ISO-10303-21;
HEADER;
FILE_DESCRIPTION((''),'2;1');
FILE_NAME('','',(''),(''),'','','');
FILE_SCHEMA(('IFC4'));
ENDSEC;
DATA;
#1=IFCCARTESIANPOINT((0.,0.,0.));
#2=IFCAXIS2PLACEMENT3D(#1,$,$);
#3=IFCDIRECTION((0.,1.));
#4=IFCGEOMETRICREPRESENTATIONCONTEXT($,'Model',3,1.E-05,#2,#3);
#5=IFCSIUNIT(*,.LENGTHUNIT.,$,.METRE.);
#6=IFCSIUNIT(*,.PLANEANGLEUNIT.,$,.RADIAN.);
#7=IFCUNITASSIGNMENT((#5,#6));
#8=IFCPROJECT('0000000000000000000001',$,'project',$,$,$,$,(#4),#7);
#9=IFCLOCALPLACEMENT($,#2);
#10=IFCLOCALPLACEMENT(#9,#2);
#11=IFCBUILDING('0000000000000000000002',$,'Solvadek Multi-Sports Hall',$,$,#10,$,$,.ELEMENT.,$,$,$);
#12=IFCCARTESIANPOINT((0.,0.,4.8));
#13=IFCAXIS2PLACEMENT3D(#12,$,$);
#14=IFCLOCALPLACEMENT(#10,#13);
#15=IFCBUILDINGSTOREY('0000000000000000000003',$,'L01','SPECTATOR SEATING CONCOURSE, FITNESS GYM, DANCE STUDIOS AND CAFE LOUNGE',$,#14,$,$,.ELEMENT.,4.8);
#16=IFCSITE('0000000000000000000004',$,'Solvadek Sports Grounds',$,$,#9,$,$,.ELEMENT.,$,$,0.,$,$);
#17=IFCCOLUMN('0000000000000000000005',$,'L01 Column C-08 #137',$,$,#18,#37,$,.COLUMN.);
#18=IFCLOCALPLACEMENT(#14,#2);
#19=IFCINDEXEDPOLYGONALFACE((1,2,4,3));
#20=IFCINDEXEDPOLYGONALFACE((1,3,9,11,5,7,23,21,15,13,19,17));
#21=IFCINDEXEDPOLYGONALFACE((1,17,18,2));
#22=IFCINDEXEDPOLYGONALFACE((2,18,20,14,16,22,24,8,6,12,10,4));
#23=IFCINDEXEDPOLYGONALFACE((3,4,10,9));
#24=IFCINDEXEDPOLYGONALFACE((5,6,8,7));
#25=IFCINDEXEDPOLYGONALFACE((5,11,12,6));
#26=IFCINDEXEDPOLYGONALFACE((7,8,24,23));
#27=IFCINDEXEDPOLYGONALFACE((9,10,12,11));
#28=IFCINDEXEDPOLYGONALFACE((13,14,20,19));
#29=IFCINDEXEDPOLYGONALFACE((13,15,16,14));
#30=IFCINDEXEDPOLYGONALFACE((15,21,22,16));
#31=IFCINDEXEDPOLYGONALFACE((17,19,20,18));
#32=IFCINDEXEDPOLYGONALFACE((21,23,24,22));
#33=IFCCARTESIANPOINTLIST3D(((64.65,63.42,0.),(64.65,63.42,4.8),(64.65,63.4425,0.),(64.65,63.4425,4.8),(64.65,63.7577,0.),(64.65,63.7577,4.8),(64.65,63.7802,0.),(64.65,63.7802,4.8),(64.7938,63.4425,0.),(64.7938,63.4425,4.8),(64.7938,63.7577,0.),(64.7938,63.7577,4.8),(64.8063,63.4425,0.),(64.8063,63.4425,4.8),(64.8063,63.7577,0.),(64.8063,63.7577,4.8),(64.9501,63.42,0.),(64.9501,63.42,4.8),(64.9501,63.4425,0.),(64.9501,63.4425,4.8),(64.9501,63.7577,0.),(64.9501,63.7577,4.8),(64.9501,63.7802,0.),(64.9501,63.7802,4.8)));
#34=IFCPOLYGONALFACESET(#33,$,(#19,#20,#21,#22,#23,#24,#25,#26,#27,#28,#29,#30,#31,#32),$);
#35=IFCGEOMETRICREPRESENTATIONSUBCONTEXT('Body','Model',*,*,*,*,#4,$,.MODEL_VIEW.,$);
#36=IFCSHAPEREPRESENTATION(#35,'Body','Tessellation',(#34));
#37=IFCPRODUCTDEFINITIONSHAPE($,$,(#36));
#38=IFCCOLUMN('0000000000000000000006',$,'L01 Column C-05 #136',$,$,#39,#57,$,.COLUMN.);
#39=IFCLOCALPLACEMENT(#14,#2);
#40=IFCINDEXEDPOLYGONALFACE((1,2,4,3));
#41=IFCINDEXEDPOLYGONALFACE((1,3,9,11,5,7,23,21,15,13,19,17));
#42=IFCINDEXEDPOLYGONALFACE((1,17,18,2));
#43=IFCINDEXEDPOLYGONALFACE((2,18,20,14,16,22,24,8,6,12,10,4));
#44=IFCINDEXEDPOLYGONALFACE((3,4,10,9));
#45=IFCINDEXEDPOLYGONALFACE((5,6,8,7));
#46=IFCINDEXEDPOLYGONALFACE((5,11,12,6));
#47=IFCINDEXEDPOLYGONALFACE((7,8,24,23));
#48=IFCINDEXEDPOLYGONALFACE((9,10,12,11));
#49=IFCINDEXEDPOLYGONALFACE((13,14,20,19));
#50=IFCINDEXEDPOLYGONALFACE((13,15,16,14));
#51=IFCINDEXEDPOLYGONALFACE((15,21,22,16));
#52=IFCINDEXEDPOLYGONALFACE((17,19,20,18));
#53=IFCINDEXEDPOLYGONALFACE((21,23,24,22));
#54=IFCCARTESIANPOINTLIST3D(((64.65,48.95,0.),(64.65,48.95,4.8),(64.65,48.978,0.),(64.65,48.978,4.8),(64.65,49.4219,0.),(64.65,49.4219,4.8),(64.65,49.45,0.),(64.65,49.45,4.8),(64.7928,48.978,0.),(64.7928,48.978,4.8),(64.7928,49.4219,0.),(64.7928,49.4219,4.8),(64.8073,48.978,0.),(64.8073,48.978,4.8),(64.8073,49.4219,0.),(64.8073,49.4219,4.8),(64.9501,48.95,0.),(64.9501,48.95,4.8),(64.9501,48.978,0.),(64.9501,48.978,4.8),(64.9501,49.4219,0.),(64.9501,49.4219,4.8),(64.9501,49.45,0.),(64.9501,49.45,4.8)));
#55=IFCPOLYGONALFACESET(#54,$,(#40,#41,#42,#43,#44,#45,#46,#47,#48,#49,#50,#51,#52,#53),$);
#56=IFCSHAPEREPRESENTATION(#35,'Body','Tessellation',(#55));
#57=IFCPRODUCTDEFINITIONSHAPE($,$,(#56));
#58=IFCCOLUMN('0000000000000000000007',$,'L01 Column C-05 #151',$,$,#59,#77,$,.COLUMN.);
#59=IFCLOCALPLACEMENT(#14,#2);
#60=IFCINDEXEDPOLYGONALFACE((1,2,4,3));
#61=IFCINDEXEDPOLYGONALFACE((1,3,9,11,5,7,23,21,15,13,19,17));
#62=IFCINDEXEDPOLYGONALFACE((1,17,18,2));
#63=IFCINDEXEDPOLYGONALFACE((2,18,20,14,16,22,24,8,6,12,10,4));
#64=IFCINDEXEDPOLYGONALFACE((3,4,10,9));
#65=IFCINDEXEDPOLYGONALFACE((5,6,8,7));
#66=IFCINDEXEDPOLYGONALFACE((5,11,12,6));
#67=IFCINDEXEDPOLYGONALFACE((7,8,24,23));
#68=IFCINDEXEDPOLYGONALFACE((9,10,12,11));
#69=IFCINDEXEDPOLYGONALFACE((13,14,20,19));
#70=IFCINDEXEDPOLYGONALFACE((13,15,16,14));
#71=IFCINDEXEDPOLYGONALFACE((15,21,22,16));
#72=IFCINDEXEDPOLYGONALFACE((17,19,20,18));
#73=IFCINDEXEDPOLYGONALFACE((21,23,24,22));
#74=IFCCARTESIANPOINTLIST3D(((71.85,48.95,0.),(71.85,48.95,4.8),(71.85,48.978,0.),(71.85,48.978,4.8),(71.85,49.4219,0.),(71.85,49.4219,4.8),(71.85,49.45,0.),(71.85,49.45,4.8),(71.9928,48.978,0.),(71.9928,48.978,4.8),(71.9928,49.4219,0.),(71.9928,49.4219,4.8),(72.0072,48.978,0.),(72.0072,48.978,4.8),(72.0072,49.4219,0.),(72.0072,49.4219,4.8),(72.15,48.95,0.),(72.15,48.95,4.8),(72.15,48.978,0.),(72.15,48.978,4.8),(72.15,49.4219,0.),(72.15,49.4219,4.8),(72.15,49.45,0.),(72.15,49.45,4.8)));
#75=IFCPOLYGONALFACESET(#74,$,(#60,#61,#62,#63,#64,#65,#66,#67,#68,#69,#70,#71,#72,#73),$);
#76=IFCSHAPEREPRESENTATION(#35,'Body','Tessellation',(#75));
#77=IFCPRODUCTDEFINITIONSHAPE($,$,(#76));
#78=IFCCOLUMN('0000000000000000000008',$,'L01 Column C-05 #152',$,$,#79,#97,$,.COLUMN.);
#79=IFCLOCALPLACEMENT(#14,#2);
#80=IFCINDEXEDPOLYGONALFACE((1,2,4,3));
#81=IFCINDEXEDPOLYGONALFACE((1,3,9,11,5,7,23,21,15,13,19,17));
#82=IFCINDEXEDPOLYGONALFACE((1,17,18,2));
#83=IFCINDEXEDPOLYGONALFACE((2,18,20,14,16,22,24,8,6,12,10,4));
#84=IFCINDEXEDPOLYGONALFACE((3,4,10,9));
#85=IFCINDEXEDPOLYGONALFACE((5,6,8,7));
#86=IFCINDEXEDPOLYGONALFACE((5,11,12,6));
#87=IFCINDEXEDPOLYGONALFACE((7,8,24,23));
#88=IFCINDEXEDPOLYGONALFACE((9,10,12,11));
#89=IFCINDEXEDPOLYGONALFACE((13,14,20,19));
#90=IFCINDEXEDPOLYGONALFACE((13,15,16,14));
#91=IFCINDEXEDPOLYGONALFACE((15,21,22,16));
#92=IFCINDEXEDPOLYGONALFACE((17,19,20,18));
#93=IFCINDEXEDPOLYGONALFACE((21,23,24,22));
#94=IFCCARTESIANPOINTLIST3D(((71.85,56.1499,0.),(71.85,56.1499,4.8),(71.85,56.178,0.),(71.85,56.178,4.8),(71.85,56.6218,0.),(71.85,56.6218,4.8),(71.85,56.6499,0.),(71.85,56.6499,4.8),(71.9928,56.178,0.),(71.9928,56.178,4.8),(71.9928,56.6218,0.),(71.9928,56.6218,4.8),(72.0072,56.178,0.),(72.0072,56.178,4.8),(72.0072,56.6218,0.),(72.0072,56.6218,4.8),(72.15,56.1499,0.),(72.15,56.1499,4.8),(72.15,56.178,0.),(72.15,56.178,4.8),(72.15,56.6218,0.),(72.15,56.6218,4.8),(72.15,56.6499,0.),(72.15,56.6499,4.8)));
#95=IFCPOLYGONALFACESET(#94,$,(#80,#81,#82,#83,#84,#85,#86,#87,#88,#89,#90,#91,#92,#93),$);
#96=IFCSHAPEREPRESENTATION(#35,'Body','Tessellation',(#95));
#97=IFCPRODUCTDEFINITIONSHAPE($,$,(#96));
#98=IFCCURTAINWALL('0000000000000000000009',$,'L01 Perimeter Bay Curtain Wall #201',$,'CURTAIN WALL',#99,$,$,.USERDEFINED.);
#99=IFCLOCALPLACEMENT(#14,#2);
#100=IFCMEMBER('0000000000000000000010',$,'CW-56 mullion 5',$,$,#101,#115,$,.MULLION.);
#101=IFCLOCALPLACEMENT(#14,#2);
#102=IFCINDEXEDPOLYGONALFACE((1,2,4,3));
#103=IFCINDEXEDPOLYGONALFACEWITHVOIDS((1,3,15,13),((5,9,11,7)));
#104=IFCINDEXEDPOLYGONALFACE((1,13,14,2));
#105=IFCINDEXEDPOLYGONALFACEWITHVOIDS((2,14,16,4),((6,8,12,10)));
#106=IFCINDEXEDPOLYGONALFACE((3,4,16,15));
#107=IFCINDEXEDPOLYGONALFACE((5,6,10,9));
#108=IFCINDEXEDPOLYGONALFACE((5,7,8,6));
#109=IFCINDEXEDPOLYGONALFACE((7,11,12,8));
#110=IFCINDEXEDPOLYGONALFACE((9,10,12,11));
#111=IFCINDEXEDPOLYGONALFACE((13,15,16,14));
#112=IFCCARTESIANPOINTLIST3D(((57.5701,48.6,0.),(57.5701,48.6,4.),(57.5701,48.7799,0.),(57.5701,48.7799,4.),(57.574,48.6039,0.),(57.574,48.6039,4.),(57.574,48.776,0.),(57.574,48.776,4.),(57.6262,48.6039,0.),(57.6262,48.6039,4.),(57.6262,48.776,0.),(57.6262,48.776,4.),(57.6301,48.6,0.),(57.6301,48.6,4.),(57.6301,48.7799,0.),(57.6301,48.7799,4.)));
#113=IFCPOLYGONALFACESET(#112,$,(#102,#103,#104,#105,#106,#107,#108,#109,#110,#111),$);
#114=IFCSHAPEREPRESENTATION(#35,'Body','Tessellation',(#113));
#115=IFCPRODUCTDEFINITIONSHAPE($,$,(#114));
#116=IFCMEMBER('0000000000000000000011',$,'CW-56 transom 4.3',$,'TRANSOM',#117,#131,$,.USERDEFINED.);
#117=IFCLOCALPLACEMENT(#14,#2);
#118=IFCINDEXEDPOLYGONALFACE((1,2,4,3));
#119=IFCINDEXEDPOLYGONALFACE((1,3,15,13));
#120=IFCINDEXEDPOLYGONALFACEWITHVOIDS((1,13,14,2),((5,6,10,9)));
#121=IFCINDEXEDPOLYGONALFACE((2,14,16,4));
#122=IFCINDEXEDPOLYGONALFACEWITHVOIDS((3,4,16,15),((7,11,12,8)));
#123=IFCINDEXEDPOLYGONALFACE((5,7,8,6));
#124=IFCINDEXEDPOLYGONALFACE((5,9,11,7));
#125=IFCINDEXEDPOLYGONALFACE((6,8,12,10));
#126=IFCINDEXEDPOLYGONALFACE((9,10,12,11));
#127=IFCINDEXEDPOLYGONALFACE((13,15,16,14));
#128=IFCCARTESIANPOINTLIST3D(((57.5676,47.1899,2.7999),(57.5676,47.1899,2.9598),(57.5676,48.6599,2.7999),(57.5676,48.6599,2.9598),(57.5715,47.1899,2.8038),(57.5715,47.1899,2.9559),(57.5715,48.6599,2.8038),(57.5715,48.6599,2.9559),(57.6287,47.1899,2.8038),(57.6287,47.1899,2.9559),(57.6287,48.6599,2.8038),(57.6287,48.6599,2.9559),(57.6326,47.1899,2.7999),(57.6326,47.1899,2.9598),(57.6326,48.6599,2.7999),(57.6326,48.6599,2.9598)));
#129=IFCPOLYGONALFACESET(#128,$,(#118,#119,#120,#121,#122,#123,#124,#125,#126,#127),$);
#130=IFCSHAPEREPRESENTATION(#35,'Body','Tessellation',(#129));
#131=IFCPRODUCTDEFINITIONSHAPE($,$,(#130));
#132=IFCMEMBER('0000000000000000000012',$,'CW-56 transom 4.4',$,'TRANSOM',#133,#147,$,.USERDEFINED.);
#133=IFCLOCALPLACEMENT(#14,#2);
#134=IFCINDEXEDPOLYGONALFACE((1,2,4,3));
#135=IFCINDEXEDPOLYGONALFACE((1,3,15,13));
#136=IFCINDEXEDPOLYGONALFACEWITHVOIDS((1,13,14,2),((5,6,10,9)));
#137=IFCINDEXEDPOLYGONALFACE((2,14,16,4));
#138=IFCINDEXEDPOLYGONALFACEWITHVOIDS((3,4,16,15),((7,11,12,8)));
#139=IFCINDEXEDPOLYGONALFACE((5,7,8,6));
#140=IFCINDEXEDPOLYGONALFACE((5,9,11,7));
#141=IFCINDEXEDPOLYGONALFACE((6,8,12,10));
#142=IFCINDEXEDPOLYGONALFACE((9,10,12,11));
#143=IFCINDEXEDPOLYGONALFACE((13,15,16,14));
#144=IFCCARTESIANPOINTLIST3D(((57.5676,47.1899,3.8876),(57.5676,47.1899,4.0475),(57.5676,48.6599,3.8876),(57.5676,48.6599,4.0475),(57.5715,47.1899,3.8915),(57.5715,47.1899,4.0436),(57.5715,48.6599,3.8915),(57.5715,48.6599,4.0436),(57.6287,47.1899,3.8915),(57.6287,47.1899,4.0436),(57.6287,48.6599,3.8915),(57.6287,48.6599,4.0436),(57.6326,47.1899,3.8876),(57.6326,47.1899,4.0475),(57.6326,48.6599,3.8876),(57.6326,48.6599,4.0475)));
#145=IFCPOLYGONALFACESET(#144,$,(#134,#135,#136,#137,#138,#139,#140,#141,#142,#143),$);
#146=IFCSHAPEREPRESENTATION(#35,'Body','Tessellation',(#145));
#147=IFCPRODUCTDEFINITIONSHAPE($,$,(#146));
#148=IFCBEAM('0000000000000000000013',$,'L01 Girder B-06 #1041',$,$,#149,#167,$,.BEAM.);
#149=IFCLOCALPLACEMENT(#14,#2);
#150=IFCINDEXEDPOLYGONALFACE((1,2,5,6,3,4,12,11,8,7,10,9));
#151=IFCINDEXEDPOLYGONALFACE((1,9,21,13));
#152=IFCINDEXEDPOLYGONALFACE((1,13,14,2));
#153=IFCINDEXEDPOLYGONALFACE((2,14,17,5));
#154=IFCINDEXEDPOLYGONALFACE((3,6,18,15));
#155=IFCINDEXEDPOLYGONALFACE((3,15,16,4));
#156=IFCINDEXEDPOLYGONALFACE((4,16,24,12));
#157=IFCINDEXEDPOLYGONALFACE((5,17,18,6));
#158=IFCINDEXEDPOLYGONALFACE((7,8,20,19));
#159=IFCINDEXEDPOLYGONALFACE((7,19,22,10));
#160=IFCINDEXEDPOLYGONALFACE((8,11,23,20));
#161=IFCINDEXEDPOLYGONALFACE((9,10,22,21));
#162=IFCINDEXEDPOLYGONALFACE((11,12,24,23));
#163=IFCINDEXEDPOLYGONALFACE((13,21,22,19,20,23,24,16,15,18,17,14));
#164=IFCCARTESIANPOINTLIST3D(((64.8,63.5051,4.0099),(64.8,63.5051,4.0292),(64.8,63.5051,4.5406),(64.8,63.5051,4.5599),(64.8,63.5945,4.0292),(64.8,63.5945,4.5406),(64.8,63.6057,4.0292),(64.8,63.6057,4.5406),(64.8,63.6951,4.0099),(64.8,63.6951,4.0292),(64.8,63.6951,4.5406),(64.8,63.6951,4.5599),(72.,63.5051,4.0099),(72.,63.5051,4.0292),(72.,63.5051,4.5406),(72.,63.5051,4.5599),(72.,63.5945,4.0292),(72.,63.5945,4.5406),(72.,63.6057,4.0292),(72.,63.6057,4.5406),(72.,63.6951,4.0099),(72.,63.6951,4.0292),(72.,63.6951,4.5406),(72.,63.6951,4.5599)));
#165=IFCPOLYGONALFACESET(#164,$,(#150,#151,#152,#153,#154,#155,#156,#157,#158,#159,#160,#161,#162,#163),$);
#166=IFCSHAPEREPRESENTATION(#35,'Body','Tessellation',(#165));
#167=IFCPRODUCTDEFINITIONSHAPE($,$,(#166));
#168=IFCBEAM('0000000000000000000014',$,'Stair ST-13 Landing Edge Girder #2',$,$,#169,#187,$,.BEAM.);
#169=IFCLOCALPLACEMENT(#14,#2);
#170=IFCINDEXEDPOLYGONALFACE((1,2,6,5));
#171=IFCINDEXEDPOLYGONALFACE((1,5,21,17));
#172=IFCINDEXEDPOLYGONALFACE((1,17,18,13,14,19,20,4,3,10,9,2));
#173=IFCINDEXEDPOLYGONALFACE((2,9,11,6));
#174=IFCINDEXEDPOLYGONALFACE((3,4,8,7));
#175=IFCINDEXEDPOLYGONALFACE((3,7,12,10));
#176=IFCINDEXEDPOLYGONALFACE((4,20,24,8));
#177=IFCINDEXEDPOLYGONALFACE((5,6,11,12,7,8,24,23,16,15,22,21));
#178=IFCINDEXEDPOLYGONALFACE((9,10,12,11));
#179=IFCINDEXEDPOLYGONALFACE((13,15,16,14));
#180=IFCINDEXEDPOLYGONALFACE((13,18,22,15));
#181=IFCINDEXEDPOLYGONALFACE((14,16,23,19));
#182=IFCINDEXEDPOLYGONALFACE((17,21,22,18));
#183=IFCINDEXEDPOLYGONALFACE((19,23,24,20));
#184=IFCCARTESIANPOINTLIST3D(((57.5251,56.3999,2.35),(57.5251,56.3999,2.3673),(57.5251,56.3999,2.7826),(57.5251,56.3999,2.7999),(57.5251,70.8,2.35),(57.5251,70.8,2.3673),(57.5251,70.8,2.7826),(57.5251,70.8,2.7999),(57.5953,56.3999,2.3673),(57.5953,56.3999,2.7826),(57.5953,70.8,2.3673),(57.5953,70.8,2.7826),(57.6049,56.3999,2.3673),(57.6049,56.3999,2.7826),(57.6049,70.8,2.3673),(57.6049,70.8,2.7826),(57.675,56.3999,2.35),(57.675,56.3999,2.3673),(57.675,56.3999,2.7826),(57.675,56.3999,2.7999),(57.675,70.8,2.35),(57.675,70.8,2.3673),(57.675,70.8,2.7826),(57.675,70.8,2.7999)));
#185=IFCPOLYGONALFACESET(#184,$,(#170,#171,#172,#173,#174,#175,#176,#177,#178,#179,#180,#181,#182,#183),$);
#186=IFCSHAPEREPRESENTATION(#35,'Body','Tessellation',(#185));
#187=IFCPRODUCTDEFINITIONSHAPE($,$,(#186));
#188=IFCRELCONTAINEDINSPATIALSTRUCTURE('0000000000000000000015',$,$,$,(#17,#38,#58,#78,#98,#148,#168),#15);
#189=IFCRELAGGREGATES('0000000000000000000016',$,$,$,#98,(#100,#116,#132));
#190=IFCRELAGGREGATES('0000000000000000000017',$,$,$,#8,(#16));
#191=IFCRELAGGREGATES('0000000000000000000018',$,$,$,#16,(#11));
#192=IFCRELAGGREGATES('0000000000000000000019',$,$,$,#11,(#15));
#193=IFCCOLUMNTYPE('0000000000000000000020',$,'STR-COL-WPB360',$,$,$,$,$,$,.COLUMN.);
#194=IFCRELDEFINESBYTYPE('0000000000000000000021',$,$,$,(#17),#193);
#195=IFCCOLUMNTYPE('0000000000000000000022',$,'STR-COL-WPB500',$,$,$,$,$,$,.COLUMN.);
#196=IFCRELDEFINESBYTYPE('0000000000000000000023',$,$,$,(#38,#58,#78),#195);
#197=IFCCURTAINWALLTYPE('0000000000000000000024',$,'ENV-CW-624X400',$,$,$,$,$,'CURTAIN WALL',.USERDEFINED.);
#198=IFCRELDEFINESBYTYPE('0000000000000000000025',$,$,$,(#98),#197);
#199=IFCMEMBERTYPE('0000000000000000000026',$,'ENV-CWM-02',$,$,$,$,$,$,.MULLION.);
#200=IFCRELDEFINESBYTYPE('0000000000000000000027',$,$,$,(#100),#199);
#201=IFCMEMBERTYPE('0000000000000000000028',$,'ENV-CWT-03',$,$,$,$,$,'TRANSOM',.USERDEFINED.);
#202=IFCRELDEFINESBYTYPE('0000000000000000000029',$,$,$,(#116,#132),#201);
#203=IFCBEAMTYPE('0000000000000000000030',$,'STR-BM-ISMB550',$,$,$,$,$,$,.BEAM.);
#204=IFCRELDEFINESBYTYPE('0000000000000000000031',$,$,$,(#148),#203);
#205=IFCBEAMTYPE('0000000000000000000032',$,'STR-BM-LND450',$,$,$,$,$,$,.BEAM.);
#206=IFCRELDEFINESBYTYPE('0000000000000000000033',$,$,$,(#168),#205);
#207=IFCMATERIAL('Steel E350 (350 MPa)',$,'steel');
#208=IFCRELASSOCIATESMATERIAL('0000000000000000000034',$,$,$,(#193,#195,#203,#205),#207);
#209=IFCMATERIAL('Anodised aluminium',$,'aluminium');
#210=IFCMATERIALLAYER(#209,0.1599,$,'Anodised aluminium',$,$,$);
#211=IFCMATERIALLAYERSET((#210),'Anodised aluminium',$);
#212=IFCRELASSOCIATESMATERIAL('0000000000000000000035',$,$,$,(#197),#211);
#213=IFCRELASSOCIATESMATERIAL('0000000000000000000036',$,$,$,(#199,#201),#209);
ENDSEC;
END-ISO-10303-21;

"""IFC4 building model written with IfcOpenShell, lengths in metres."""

from ifc_helpers import new_model, si_unit, direction, frame, origin, origin_2d, place, context, subcontext, project, spatial, hollow_rectangle, i_section, extrude, material, layer, layer_set, material_profile, profile_set, type_object, element, aggregate, save


model = new_model("IFC4")

# Units and contexts
model_context = context("Model", 3, precision=1e-05, world=origin(), true_north=direction((0.0, 1.0)))
body_context = subcontext(model_context, "Body", "Model", "MODEL_VIEW")
ifc_project = project(units=[si_unit("LENGTHUNIT", "METRE"), si_unit("PLANEANGLEUNIT", "RADIAN")], contexts=[model_context])

# Site, building, storey
site_placement = place(None, origin())
site = spatial("IfcSite", under=ifc_project, at=site_placement, Name="Solvadek Sports Grounds", CompositionType="ELEMENT", RefElevation=0.0)
building_placement = place(site_placement, origin())
building = spatial("IfcBuilding", under=site, at=building_placement, Name="Solvadek Multi-Sports Hall", CompositionType="ELEMENT")
storey_placement = place(building_placement, frame((0.0, 0.0, 4.8)))
storey = spatial("IfcBuildingStorey", under=building, at=storey_placement, Name="L01", Description="SPECTATOR SEATING CONCOURSE, FITNESS GYM, DANCE STUDIOS AND CAFE LOUNGE", CompositionType="ELEMENT", Elevation=4.8)

# Columns
ifc_material_1 = material(Name="Steel E350 (350 MPa)", Category="steel")
ifc_material_profile_1 = material_profile(ifc_material_1, i_section(OverallWidth=0.3, OverallDepth=0.3601, WebThickness=0.0125, FlangeThickness=0.0225, at=origin_2d()), Name="WPB 360")
ifc_profile_set_1 = profile_set([ifc_material_profile_1], Name="Steel E350 (350 MPa)")
column_type_1 = type_object("IfcColumnType", Name="STR-COL-WPB360", PredefinedType="COLUMN", material=ifc_profile_set_1)
column_placement = place(storey_placement, frame((64.8, 63.6001, 0.0), z_axis=(0.0, 0.0, 1.0), x_axis=(1.0, 0.0, 0.0)))
element("IfcColumn", 1, at=column_placement, inside=storey, type_object=column_type_1, Name="L01 Column C-08 #137", PredefinedType="COLUMN", context=body_context, shape_type="SweptSolid", body=[
    extrude(i_section(OverallWidth=0.3, OverallDepth=0.3601, WebThickness=0.0125, FlangeThickness=0.0225, at=origin_2d()), origin(), (0.0, 0.0, 1.0), 4.8),
])
ifc_material_profile_2 = material_profile(ifc_material_1, i_section(OverallWidth=0.3, OverallDepth=0.5, WebThickness=0.0144, FlangeThickness=0.0281, at=origin_2d()), Name="WPB 500")
ifc_profile_set_2 = profile_set([ifc_material_profile_2], Name="Steel E350 (350 MPa)")
column_type_2 = type_object("IfcColumnType", Name="STR-COL-WPB500", PredefinedType="COLUMN", material=ifc_profile_set_2)
for number, where, z_axis, x_axis, name in (
    (2, (64.8, 49.2, 0.0), (0.0, 0.0, 1.0), (1.0, 0.0, 0.0), "L01 Column C-05 #136"),
    (3, (72.0, 49.2, 0.0), (0.0, 0.0, 1.0), (1.0, 0.0, 0.0), "L01 Column C-05 #151"),
    (4, (72.0, 56.3999, 0.0), (0.0, 0.0, 1.0), (1.0, 0.0, 0.0), "L01 Column C-05 #152"),
):
    element("IfcColumn", number, at=place(storey_placement, frame(where, z_axis=z_axis, x_axis=x_axis)), inside=storey, type_object=column_type_2, Name=name, PredefinedType="COLUMN", context=body_context, shape_type="SweptSolid", body=[
        extrude(i_section(OverallWidth=0.3, OverallDepth=0.5, WebThickness=0.0144, FlangeThickness=0.0281, at=origin_2d()), origin(), (0.0, 0.0, 1.0), 4.8),
    ])

# Curtain wall, members
ifc_material_2 = material(Name="Anodised aluminium", Category="aluminium")
ifc_layer_1 = layer(ifc_material_2, 0.1599, Name="Anodised aluminium")
ifc_layer_set_1 = layer_set([ifc_layer_1], Name="Anodised aluminium")
curtain_wall_type = type_object("IfcCurtainWallType", Name="ENV-CW-624X400", ElementType="CURTAIN WALL", PredefinedType="USERDEFINED", material=ifc_layer_set_1)
curtain_wall_placement = place(storey_placement, origin())
curtain_wall = element("IfcCurtainWall", 5, at=curtain_wall_placement, inside=storey, type_object=curtain_wall_type, Name="L01 Perimeter Bay Curtain Wall #201", ObjectType="CURTAIN WALL", PredefinedType="USERDEFINED")
ifc_material_profile_3 = material_profile(ifc_material_2, hollow_rectangle(XDim=0.0601, YDim=0.1799, WallThickness=0.0039, at=origin_2d()), Name="ALU-M 180x60x4")
ifc_profile_set_3 = profile_set([ifc_material_profile_3], Name="Anodised aluminium")
member_type_1 = type_object("IfcMemberType", Name="ENV-CWM-02", PredefinedType="MULLION", material=ifc_profile_set_3)
member_1_placement = place(storey_placement, frame((57.6001, 48.6899, 0.0), z_axis=(0.0, 0.0, 1.0), x_axis=(-1.0, 0.0, 0.0)))
member_1 = element("IfcMember", 6, at=member_1_placement, type_object=member_type_1, Name="CW-56 mullion 5", PredefinedType="MULLION", context=body_context, shape_type="SweptSolid", body=[
    extrude(hollow_rectangle(XDim=0.0601, YDim=0.1799, WallThickness=0.0039, at=origin_2d()), origin(), (0.0, 0.0, 1.0), 4.0),
])
ifc_material_profile_4 = material_profile(ifc_material_2, hollow_rectangle(XDim=0.0649, YDim=0.1599, WallThickness=0.0039, at=origin_2d()), Name="ALU-T 160x65x4")
ifc_profile_set_4 = profile_set([ifc_material_profile_4], Name="Anodised aluminium")
member_type_2 = type_object("IfcMemberType", Name="ENV-CWT-03", ElementType="TRANSOM", PredefinedType="USERDEFINED", material=ifc_profile_set_4)
member_2_placement = place(storey_placement, frame((57.6001, 47.1899, 2.8799), z_axis=(0.0, 1.0, 0.0), x_axis=(-1.0, 0.0, 0.0)))
member_2 = element("IfcMember", 7, at=member_2_placement, type_object=member_type_2, Name="CW-56 transom 4.3", ObjectType="TRANSOM", PredefinedType="USERDEFINED", context=body_context, shape_type="SweptSolid", body=[
    extrude(hollow_rectangle(XDim=0.0649, YDim=0.1599, WallThickness=0.0039, at=origin_2d()), origin(), (0.0, 0.0, 1.0), 1.47),
])
member_3_placement = place(storey_placement, frame((57.6001, 47.1899, 3.9675), z_axis=(0.0, 1.0, 0.0), x_axis=(-1.0, 0.0, 0.0)))
member_3 = element("IfcMember", 8, at=member_3_placement, type_object=member_type_2, Name="CW-56 transom 4.4", ObjectType="TRANSOM", PredefinedType="USERDEFINED", context=body_context, shape_type="SweptSolid", body=[
    extrude(hollow_rectangle(XDim=0.0649, YDim=0.1599, WallThickness=0.0039, at=origin_2d()), origin(), (0.0, 0.0, 1.0), 1.47),
])

# Beams
ifc_material_profile_5 = material_profile(ifc_material_1, i_section(OverallWidth=0.1899, OverallDepth=0.55, WebThickness=0.0112, FlangeThickness=0.0193, at=origin_2d()), Name="ISMB 550")
ifc_profile_set_5 = profile_set([ifc_material_profile_5], Name="Steel E350 (350 MPa)")
beam_type_1 = type_object("IfcBeamType", Name="STR-BM-ISMB550", PredefinedType="BEAM", material=ifc_profile_set_5)
beam_1_placement = place(storey_placement, frame((64.8, 63.6001, 4.2849), z_axis=(1.0, 0.0, 0.0), x_axis=(0.0, 1.0, 0.0)))
element("IfcBeam", 9, at=beam_1_placement, inside=storey, type_object=beam_type_1, Name="L01 Girder B-06 #1041", PredefinedType="BEAM", context=body_context, shape_type="SweptSolid", body=[
    extrude(i_section(OverallWidth=0.1899, OverallDepth=0.55, WebThickness=0.0112, FlangeThickness=0.0193, at=origin_2d()), origin(), (0.0, 0.0, 1.0), 7.2),
])
ifc_material_profile_6 = material_profile(ifc_material_1, i_section(OverallWidth=0.1499, OverallDepth=0.45, WebThickness=0.0095, FlangeThickness=0.0173, at=origin_2d()), Name="ISMB 450")
ifc_profile_set_6 = profile_set([ifc_material_profile_6], Name="Steel E350 (350 MPa)")
beam_type_2 = type_object("IfcBeamType", Name="STR-BM-LND450", PredefinedType="BEAM", material=ifc_profile_set_6)
beam_2_placement = place(storey_placement, frame((57.6001, 56.3999, 2.575), z_axis=(0.0, 1.0, 0.0), x_axis=(-1.0, 0.0, 0.0)))
element("IfcBeam", 10, at=beam_2_placement, inside=storey, type_object=beam_type_2, Name="Stair ST-13 Landing Edge Girder #2", PredefinedType="BEAM", context=body_context, shape_type="SweptSolid", body=[
    extrude(i_section(OverallWidth=0.1499, OverallDepth=0.45, WebThickness=0.0095, FlangeThickness=0.0173, at=origin_2d()), origin(), (0.0, 0.0, 1.0), 14.4001),
])

aggregate(curtain_wall, [member_1, member_2, member_3])

save(model, "model.ifc")
